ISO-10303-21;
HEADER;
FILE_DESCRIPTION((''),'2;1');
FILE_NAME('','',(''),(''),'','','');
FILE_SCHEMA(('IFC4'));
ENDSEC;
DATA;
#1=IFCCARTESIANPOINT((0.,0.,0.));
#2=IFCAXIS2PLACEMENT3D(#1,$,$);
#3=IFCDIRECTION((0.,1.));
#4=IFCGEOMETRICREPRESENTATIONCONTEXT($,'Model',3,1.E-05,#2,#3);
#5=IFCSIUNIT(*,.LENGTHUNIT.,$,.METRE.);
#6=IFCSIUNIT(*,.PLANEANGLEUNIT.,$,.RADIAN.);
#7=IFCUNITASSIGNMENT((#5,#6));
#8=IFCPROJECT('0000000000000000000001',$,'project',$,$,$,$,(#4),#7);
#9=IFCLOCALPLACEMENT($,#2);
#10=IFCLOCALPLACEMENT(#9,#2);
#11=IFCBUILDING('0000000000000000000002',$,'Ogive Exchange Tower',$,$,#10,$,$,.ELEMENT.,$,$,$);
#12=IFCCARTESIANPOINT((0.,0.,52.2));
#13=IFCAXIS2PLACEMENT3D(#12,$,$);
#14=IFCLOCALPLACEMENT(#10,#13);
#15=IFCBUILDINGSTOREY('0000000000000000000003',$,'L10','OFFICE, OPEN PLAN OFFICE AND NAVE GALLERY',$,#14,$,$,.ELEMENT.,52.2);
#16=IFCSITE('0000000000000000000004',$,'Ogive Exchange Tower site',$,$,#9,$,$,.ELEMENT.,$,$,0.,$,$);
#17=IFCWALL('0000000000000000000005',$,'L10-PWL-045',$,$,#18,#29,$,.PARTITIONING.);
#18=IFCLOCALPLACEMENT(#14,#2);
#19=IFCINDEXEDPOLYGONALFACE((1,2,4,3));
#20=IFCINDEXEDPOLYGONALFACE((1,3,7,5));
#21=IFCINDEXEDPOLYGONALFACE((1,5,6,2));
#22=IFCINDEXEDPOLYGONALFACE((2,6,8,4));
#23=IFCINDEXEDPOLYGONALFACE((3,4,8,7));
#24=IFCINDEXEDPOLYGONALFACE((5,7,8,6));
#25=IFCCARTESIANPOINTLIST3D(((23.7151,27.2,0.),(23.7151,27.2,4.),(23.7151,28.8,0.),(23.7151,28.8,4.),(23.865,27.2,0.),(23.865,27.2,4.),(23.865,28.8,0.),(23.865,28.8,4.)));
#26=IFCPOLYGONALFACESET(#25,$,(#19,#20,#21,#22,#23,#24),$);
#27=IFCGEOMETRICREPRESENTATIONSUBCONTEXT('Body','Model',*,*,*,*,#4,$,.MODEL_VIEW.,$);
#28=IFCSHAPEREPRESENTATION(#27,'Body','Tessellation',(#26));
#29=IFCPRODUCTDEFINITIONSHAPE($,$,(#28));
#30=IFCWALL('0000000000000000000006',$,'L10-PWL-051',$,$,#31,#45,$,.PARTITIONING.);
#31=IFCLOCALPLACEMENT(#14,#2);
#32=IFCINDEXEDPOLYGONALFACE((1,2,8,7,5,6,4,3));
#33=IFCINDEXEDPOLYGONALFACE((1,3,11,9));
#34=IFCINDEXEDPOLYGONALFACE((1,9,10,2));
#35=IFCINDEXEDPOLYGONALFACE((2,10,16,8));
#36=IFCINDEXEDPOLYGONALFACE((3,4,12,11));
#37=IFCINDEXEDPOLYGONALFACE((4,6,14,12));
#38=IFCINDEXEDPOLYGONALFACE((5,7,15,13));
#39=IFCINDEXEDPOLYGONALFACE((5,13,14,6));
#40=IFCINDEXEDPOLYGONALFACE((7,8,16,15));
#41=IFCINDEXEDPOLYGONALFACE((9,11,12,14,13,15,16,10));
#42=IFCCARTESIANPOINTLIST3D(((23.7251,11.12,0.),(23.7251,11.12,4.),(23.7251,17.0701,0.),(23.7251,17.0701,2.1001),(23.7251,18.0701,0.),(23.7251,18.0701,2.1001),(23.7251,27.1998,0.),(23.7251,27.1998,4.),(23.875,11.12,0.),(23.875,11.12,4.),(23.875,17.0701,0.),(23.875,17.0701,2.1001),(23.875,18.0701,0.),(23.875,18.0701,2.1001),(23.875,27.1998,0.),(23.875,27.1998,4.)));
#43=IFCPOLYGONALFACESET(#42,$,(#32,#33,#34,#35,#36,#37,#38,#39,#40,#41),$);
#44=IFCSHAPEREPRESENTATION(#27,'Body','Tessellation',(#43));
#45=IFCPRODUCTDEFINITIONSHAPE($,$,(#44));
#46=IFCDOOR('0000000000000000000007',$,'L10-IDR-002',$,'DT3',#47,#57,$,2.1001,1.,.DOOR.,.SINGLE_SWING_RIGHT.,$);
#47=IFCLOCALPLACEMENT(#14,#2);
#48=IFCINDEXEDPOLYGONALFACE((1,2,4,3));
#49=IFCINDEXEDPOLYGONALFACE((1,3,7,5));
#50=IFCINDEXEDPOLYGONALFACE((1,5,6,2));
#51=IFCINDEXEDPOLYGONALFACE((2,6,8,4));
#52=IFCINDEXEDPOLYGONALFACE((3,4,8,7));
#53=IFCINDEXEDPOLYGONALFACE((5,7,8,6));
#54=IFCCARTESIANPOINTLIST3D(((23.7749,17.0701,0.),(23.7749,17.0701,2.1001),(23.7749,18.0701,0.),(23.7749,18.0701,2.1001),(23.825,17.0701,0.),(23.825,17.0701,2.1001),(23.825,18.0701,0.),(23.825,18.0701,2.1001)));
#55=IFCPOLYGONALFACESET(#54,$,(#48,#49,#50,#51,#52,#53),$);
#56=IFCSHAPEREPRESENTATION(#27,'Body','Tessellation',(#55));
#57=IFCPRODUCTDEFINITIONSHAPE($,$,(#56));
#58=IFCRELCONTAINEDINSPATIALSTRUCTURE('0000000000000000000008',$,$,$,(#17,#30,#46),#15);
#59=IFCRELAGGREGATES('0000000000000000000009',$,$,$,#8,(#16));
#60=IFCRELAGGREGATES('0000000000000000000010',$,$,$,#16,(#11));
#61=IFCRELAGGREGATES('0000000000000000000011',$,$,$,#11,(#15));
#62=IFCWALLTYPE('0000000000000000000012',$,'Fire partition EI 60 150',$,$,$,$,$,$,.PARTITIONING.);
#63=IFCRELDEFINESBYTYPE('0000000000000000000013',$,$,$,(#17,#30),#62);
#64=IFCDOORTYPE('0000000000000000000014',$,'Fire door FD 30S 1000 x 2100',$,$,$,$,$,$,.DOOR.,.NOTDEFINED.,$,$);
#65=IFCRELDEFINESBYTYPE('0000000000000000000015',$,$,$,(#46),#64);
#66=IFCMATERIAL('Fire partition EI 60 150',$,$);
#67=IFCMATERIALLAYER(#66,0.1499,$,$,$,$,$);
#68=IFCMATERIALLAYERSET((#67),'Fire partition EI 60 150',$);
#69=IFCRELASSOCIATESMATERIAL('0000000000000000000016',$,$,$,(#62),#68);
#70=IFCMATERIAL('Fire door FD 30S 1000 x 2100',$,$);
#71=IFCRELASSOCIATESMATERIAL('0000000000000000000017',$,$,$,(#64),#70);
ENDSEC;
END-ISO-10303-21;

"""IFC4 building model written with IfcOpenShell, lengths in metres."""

from ifc_helpers import new_model, si_unit, direction, frame, frame_2d, origin, place, context, subcontext, project, spatial, rectangle, extrude, material, layer, layer_set, type_object, element, fill, save


model = new_model("IFC4")

# Units and contexts
model_context = context("Model", 3, precision=1e-05, world=origin(), true_north=direction((0.0, 1.0)))
body_context = subcontext(model_context, "Body", "Model", "MODEL_VIEW")
ifc_project = project(units=[si_unit("LENGTHUNIT", "METRE"), si_unit("PLANEANGLEUNIT", "RADIAN")], contexts=[model_context])

# Site, building, storey
site_placement = place(None, origin())
site = spatial("IfcSite", under=ifc_project, at=site_placement, Name="Ogive Exchange Tower site", CompositionType="ELEMENT", RefElevation=0.0)
building_placement = place(site_placement, origin())
building = spatial("IfcBuilding", under=site, at=building_placement, Name="Ogive Exchange Tower", CompositionType="ELEMENT")
storey_placement = place(building_placement, frame((0.0, 0.0, 52.2)))
storey = spatial("IfcBuildingStorey", under=building, at=storey_placement, Name="L10", Description="OFFICE, OPEN PLAN OFFICE AND NAVE GALLERY", CompositionType="ELEMENT", Elevation=52.2)

# Wall
ifc_material_1 = material(Name="Fire partition EI 60 150")
ifc_layer_1 = layer(ifc_material_1, 0.1499)
ifc_layer_set_1 = layer_set([ifc_layer_1], Name="Fire partition EI 60 150")
wall_type_1 = type_object("IfcWallType", Name="Fire partition EI 60 150", PredefinedType="PARTITIONING", material=ifc_layer_set_1)
wall_1_placement = place(storey_placement, frame((23.79, 28.8, 0.0), z_axis=(0.0, 0.0, 1.0), x_axis=(0.0, -1.0, 0.0)))
element("IfcWall", 1, at=wall_1_placement, inside=storey, type_object=wall_type_1, Name="L10-PWL-045", PredefinedType="PARTITIONING", context=body_context, shape_type="SweptSolid", body=[
    extrude(rectangle(XDim=1.6001, YDim=0.1499, at=frame_2d((0.8, 0.0))), origin(), (0.0, 0.0, 1.0), 4.0),
])

# Wall, opening, door
wall_2_placement = place(storey_placement, frame((23.8, 27.2, 0.0), z_axis=(0.0, 0.0, 1.0), x_axis=(0.0, -1.0, 0.0)))
wall_2 = element("IfcWall", 2, at=wall_2_placement, inside=storey, type_object=wall_type_1, Name="L10-PWL-051", PredefinedType="PARTITIONING", context=body_context, shape_type="SweptSolid", body=[
    extrude(rectangle(XDim=16.0798, YDim=0.1499, at=frame_2d((8.04, 0.0))), origin(), (0.0, 0.0, 1.0), 4.0),
])
opening_1_placement = place(wall_2_placement, frame((9.1299, 0.0, 0.0)))
opening_1 = element("IfcOpeningElement", 3, at=opening_1_placement, cuts=wall_2, PredefinedType="OPENING", context=body_context, shape_type="SweptSolid", body=[
    extrude(rectangle(XDim=1.0, YDim=2.1001, at=frame_2d((0.5, 1.05))), frame((0.0, 0.085, 0.0), z_axis=(0.0, -1.0, 0.0), x_axis=(1.0, 0.0, 0.0)), (0.0, 0.0, 1.0), 0.1699),
])
ifc_material_2 = material(Name="Fire door FD 30S 1000 x 2100")
door_type_1 = type_object("IfcDoorType", Name="Fire door FD 30S 1000 x 2100", OperationType="NOTDEFINED", PredefinedType="DOOR", material=ifc_material_2)
door_1_placement = place(opening_1_placement, origin())
door_1 = element("IfcDoor", 4, at=door_1_placement, inside=storey, type_object=door_type_1, Name="L10-IDR-002", ObjectType="DT3", OperationType="SINGLE_SWING_RIGHT", OverallHeight=2.1001, OverallWidth=1.0, PredefinedType="DOOR", context=body_context, shape_type="SweptSolid", body=[
    extrude(rectangle(XDim=1.0, YDim=2.1001, at=frame_2d((0.5, 1.05))), frame((0.0, 0.0249, 0.0), z_axis=(0.0, -1.0, 0.0), x_axis=(1.0, 0.0, 0.0)), (0.0, 0.0, 1.0), 0.05),
])
fill(opening_1, door_1)

save(model, "model.ifc")
